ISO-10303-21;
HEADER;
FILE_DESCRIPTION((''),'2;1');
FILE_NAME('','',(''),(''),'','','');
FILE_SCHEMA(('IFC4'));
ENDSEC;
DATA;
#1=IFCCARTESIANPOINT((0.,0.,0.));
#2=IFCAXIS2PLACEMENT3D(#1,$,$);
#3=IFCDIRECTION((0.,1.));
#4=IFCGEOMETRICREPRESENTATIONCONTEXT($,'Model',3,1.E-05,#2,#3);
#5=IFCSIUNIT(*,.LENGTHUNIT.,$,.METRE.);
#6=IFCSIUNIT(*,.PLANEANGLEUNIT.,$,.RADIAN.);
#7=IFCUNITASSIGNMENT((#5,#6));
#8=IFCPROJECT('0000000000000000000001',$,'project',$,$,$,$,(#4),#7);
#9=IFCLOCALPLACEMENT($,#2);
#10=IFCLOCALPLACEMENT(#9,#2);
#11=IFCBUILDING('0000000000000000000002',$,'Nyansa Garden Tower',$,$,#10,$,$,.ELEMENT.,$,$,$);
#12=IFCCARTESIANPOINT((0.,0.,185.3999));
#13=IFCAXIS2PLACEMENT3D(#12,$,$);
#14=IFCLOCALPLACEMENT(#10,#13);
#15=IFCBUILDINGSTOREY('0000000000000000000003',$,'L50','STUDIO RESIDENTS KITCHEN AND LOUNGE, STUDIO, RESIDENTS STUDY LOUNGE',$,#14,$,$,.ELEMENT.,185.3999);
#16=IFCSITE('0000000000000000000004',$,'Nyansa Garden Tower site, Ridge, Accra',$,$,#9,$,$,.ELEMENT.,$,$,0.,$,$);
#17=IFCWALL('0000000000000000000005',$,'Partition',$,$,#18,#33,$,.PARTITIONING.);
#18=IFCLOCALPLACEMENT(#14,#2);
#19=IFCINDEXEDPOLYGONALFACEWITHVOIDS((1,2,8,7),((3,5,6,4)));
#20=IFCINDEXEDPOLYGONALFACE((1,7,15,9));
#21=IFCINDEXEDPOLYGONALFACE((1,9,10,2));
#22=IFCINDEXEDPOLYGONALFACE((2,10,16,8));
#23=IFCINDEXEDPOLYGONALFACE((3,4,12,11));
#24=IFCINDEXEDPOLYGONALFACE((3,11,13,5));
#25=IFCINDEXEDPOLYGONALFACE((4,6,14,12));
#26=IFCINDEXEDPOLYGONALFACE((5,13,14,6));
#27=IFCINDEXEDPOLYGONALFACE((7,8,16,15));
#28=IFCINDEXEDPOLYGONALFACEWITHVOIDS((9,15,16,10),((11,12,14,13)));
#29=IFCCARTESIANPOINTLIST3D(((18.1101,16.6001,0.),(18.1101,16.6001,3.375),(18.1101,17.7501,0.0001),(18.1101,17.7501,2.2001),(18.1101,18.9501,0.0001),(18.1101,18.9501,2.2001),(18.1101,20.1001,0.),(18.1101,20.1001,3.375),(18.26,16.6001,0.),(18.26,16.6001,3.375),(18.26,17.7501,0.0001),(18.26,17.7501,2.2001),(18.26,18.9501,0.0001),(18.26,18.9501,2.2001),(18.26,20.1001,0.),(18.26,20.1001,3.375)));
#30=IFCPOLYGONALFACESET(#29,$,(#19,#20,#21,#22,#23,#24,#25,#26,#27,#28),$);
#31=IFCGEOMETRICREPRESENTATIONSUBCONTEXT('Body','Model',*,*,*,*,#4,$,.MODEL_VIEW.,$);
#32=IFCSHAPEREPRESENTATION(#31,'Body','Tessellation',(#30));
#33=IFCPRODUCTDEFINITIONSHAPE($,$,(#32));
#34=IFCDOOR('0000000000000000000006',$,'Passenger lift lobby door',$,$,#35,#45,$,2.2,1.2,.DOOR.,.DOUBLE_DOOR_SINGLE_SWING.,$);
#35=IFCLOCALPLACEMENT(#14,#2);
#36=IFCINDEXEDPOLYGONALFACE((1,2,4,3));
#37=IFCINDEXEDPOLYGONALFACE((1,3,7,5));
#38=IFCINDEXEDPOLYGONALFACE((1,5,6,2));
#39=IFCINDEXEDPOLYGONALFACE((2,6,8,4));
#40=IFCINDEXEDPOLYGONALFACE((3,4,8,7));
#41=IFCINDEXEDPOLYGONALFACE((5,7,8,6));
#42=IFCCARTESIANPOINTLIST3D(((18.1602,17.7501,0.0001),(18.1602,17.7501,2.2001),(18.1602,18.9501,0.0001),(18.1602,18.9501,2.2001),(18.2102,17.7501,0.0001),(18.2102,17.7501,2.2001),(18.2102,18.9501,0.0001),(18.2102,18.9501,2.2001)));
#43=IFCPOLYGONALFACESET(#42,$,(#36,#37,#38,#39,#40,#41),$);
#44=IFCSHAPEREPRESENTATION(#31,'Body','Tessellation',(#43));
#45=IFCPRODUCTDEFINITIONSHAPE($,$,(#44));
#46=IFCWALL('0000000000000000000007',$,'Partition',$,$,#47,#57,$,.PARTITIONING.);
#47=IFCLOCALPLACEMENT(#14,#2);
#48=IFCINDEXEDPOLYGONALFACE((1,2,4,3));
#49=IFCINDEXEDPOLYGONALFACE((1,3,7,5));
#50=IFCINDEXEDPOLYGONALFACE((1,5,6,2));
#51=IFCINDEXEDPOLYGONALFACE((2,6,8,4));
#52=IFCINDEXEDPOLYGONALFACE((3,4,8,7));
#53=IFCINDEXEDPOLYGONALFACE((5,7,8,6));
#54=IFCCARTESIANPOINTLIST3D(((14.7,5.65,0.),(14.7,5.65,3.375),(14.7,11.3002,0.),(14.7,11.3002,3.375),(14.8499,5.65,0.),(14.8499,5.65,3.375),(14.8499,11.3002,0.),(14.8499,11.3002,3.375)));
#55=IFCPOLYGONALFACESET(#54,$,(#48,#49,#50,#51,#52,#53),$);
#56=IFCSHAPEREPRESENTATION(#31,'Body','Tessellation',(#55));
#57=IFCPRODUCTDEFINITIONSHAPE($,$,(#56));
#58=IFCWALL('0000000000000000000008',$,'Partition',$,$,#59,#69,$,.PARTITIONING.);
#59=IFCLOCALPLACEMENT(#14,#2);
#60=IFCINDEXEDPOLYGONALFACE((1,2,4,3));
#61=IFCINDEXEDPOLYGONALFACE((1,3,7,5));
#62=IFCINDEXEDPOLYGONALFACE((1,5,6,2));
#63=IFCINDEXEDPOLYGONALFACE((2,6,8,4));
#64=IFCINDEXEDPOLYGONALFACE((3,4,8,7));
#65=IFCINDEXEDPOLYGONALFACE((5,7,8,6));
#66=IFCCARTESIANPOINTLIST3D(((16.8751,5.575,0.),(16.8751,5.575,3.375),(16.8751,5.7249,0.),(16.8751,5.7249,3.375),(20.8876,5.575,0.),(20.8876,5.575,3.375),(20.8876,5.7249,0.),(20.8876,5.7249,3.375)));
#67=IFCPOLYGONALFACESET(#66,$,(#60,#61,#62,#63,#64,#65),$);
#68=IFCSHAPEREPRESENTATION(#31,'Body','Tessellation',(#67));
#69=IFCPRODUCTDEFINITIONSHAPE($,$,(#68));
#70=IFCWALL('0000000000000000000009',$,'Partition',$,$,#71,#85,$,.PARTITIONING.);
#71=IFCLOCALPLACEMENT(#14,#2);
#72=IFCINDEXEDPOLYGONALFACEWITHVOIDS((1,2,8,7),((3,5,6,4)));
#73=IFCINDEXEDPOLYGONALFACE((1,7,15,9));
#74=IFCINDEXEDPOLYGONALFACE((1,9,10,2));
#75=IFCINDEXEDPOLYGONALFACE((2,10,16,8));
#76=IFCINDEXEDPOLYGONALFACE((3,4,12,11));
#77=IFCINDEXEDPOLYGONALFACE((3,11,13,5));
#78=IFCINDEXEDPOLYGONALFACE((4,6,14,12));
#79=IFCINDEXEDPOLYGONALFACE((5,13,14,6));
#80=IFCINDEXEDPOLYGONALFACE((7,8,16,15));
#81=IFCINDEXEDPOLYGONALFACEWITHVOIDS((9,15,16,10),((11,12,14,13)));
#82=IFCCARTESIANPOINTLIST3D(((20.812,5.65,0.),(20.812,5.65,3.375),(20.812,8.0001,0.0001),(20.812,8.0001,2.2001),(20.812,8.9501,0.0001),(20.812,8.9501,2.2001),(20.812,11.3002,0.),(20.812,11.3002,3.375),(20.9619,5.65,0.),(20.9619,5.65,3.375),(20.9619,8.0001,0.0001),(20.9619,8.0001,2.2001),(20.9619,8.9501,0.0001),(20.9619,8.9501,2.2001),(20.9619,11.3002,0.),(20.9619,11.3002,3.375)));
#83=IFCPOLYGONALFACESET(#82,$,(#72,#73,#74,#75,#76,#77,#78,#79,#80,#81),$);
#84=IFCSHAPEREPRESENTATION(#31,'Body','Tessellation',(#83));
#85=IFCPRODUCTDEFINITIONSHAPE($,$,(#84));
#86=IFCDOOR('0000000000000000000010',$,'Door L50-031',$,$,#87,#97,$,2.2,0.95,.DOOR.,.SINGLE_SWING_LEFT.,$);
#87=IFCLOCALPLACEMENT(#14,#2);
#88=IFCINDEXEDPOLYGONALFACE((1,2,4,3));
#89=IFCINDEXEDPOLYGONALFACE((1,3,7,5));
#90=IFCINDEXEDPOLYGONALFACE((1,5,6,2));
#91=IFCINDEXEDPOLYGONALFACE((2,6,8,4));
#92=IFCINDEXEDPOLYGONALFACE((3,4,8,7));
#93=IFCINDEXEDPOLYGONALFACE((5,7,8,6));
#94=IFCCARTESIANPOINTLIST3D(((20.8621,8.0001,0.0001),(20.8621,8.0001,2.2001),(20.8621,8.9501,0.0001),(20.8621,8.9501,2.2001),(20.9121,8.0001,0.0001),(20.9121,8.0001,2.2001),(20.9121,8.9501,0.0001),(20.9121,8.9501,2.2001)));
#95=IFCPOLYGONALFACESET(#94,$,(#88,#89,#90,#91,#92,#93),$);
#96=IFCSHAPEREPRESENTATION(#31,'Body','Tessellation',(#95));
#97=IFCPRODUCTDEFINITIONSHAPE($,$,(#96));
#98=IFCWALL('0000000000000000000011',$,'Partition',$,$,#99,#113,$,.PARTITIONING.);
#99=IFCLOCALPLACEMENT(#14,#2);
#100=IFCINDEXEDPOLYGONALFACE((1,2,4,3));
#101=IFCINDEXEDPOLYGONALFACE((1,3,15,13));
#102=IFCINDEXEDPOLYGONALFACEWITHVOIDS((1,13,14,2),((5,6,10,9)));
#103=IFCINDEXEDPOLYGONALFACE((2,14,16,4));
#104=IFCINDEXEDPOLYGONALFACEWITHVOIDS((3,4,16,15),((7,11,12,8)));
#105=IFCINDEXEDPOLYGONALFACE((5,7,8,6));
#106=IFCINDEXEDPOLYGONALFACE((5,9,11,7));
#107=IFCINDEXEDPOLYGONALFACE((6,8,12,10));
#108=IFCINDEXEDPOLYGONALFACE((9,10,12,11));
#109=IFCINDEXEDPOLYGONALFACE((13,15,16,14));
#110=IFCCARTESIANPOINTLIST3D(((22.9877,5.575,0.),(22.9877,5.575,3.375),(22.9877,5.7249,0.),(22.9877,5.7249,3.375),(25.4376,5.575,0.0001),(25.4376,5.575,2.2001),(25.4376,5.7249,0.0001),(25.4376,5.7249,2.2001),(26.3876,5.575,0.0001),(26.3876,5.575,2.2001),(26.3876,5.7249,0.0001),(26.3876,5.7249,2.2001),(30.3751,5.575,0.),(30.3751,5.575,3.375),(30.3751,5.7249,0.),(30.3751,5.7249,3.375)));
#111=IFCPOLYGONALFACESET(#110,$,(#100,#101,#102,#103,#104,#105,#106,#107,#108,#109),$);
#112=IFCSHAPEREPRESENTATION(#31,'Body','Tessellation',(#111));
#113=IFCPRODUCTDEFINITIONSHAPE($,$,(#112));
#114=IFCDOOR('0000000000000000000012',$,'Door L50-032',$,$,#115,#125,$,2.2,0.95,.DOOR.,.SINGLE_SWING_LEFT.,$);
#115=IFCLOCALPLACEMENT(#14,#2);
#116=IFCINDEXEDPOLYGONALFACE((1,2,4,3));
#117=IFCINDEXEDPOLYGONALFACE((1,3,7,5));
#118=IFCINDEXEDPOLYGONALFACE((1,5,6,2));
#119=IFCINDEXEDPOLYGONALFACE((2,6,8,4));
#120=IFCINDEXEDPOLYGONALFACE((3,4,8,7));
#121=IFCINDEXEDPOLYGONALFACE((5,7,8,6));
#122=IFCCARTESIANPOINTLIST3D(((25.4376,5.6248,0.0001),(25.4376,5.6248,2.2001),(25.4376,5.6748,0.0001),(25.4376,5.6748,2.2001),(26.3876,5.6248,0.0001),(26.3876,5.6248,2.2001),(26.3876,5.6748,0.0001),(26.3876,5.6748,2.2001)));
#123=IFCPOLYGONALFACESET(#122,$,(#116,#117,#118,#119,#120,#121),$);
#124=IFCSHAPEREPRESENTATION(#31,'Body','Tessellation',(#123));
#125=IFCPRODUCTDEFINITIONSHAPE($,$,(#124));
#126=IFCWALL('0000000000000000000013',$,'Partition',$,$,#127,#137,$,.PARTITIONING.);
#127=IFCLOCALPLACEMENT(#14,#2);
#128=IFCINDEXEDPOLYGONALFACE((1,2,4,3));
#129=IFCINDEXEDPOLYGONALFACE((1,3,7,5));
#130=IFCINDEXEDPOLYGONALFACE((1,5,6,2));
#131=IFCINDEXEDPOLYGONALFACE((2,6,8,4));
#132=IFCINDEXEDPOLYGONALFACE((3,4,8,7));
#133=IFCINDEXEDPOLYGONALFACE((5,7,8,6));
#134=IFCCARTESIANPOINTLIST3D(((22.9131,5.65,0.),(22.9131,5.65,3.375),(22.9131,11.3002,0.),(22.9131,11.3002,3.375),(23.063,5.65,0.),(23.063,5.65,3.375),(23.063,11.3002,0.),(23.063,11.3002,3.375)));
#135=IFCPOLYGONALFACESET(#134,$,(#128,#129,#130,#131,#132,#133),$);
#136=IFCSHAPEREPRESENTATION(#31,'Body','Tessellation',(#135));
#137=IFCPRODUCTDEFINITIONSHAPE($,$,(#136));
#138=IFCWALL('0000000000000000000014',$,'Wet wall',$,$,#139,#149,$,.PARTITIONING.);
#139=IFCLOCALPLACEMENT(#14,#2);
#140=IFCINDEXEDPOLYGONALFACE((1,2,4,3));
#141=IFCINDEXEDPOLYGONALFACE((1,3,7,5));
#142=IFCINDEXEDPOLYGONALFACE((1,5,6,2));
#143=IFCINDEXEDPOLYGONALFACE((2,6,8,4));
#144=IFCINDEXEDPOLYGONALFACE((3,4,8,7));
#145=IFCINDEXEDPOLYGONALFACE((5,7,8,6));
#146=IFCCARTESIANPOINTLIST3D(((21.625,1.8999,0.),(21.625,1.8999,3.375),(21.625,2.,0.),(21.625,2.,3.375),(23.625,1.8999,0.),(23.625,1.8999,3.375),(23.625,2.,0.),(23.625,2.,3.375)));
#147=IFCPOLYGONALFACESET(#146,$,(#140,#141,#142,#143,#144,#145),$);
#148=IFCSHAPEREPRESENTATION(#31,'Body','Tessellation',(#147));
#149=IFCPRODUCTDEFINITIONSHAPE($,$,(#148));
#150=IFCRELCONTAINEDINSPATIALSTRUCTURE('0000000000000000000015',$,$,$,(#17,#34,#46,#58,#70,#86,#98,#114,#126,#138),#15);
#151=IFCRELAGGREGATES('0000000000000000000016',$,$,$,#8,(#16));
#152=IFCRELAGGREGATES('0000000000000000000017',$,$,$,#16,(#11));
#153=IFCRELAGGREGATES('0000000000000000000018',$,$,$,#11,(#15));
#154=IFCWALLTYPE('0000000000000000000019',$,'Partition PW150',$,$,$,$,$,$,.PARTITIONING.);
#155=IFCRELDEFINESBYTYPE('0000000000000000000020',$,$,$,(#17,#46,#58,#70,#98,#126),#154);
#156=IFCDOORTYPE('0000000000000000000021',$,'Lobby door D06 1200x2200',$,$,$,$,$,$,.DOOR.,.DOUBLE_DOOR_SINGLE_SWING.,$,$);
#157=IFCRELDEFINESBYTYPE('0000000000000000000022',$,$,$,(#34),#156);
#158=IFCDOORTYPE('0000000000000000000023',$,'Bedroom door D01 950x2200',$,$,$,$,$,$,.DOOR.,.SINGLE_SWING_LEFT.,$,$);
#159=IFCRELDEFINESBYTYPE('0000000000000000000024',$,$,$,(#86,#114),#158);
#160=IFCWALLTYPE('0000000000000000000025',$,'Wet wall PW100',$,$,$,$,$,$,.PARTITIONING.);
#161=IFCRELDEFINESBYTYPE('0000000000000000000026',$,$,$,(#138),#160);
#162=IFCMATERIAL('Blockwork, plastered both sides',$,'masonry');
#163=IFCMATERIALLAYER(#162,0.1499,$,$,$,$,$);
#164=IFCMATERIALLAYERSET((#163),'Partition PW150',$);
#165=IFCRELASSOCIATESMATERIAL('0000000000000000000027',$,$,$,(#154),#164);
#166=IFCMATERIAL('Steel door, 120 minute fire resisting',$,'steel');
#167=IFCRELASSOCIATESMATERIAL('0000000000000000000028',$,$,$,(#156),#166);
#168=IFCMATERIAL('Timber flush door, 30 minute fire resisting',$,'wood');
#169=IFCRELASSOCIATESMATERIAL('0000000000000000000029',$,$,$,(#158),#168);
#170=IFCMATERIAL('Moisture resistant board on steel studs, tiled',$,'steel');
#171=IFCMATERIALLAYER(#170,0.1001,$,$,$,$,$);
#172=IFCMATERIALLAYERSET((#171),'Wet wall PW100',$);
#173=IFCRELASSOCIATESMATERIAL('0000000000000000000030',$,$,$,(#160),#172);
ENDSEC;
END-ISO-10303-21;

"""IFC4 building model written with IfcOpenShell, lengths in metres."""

from ifc_helpers import new_model, si_unit, direction, frame, frame_2d, origin, place, context, subcontext, project, spatial, rectangle, extrude, material, layer, layer_set, type_object, element, fill, save


model = new_model("IFC4")

# Units and contexts
model_context = context("Model", 3, precision=1e-05, world=origin(), true_north=direction((0.0, 1.0)))
body_context = subcontext(model_context, "Body", "Model", "MODEL_VIEW")
ifc_project = project(units=[si_unit("LENGTHUNIT", "METRE"), si_unit("PLANEANGLEUNIT", "RADIAN")], contexts=[model_context])

# Site, building, storey
site_placement = place(None, origin())
site = spatial("IfcSite", under=ifc_project, at=site_placement, Name="Nyansa Garden Tower site, Ridge, Accra", CompositionType="ELEMENT", RefElevation=0.0)
building_placement = place(site_placement, origin())
building = spatial("IfcBuilding", under=site, at=building_placement, Name="Nyansa Garden Tower", CompositionType="ELEMENT")
storey_placement = place(building_placement, frame((0.0, 0.0, 185.3999)))
storey = spatial("IfcBuildingStorey", under=building, at=storey_placement, Name="L50", Description="STUDIO RESIDENTS KITCHEN AND LOUNGE, STUDIO, RESIDENTS STUDY LOUNGE", CompositionType="ELEMENT", Elevation=185.3999)

# Wall, opening, door
ifc_material_1 = material(Name="Blockwork, plastered both sides", Category="masonry")
ifc_layer_1 = layer(ifc_material_1, 0.1499)
ifc_layer_set_1 = layer_set([ifc_layer_1], Name="Partition PW150")
wall_type_1 = type_object("IfcWallType", Name="Partition PW150", PredefinedType="PARTITIONING", material=ifc_layer_set_1)
wall_1_placement = place(storey_placement, frame((18.1851, 16.6001, 0.0), z_axis=(0.0, 0.0, 1.0), x_axis=(0.0, 1.0, 0.0)))
wall_1 = element("IfcWall", 1, at=wall_1_placement, inside=storey, type_object=wall_type_1, Name="Partition", PredefinedType="PARTITIONING", context=body_context, shape_type="SweptSolid", body=[
    extrude(rectangle(XDim=3.5, YDim=0.1499, at=frame_2d((1.75, 0.0))), origin(), (0.0, 0.0, 1.0), 3.375),
])
opening_1_placement = place(wall_1_placement, frame((1.1499, 0.0, 0.0)))
opening_1 = element("IfcOpeningElement", 2, at=opening_1_placement, cuts=wall_1, PredefinedType="OPENING", context=body_context, shape_type="SweptSolid", body=[
    extrude(rectangle(XDim=1.2, YDim=2.2, at=frame_2d((0.6001, 1.1001))), frame((0.0, 0.085, 0.0), z_axis=(0.0, -1.0, 0.0), x_axis=(1.0, 0.0, 0.0)), (0.0, 0.0, 1.0), 0.1699),
])
ifc_material_2 = material(Name="Steel door, 120 minute fire resisting", Category="steel")
door_type_1 = type_object("IfcDoorType", Name="Lobby door D06 1200x2200", OperationType="DOUBLE_DOOR_SINGLE_SWING", PredefinedType="DOOR", material=ifc_material_2)
door_1_placement = place(opening_1_placement, origin())
door_1 = element("IfcDoor", 3, at=door_1_placement, inside=storey, type_object=door_type_1, Name="Passenger lift lobby door", OperationType="DOUBLE_DOOR_SINGLE_SWING", OverallHeight=2.2, OverallWidth=1.2, PredefinedType="DOOR", context=body_context, shape_type="SweptSolid", body=[
    extrude(rectangle(XDim=1.2, YDim=2.2, at=frame_2d((0.6001, 1.1001))), frame((0.0, 0.0249, 0.0), z_axis=(0.0, -1.0, 0.0), x_axis=(1.0, 0.0, 0.0)), (0.0, 0.0, 1.0), 0.05),
])
fill(opening_1, door_1)

# Walls
wall_2_placement = place(storey_placement, frame((14.7749, 5.6499, 0.0), z_axis=(0.0, 0.0, 1.0), x_axis=(0.0, 1.0, 0.0)))
element("IfcWall", 4, at=wall_2_placement, inside=storey, type_object=wall_type_1, Name="Partition", PredefinedType="PARTITIONING", context=body_context, shape_type="SweptSolid", body=[
    extrude(rectangle(XDim=5.6501, YDim=0.1499, at=frame_2d((2.8252, 0.0))), origin(), (0.0, 0.0, 1.0), 3.375),
])
wall_3_placement = place(storey_placement, frame((16.875, 5.6499, 0.0), z_axis=(0.0, 0.0, 1.0), x_axis=(1.0, 0.0, 0.0)))
element("IfcWall", 5, at=wall_3_placement, inside=storey, type_object=wall_type_1, Name="Partition", PredefinedType="PARTITIONING", context=body_context, shape_type="SweptSolid", body=[
    extrude(rectangle(XDim=4.0125, YDim=0.1499, at=frame_2d((2.0063, 0.0))), origin(), (0.0, 0.0, 1.0), 3.375),
])

# Walls, openings, doors
wall_4_placement = place(storey_placement, frame((20.887, 5.6499, 0.0), z_axis=(0.0, 0.0, 1.0), x_axis=(0.0, 1.0, 0.0)))
wall_4 = element("IfcWall", 6, at=wall_4_placement, inside=storey, type_object=wall_type_1, Name="Partition", PredefinedType="PARTITIONING", context=body_context, shape_type="SweptSolid", body=[
    extrude(rectangle(XDim=5.6501, YDim=0.1499, at=frame_2d((2.8252, 0.0))), origin(), (0.0, 0.0, 1.0), 3.375),
])
opening_2_placement = place(wall_4_placement, frame((2.3501, 0.0, 0.0)))
opening_2 = element("IfcOpeningElement", 7, at=opening_2_placement, cuts=wall_4, PredefinedType="OPENING", context=body_context, shape_type="SweptSolid", body=[
    extrude(rectangle(XDim=0.95, YDim=2.2, at=frame_2d((0.4751, 1.1001))), frame((0.0, 0.085, 0.0), z_axis=(0.0, -1.0, 0.0), x_axis=(1.0, 0.0, 0.0)), (0.0, 0.0, 1.0), 0.1699),
])
ifc_material_3 = material(Name="Timber flush door, 30 minute fire resisting", Category="wood")
door_type_2 = type_object("IfcDoorType", Name="Bedroom door D01 950x2200", OperationType="SINGLE_SWING_LEFT", PredefinedType="DOOR", material=ifc_material_3)
door_2_placement = place(opening_2_placement, origin())
door_2 = element("IfcDoor", 8, at=door_2_placement, inside=storey, type_object=door_type_2, Name="Door L50-031", OperationType="SINGLE_SWING_LEFT", OverallHeight=2.2, OverallWidth=0.95, PredefinedType="DOOR", context=body_context, shape_type="SweptSolid", body=[
    extrude(rectangle(XDim=0.95, YDim=2.2, at=frame_2d((0.4751, 1.1001))), frame((0.0, 0.0249, 0.0), z_axis=(0.0, -1.0, 0.0), x_axis=(1.0, 0.0, 0.0)), (0.0, 0.0, 1.0), 0.05),
])
fill(opening_2, door_2)
wall_5_placement = place(storey_placement, frame((22.9875, 5.6499, 0.0), z_axis=(0.0, 0.0, 1.0), x_axis=(1.0, 0.0, 0.0)))
wall_5 = element("IfcWall", 9, at=wall_5_placement, inside=storey, type_object=wall_type_1, Name="Partition", PredefinedType="PARTITIONING", context=body_context, shape_type="SweptSolid", body=[
    extrude(rectangle(XDim=7.3875, YDim=0.1499, at=frame_2d((3.6938, 0.0))), origin(), (0.0, 0.0, 1.0), 3.375),
])
opening_3_placement = place(wall_5_placement, frame((2.45, 0.0, 0.0)))
opening_3 = element("IfcOpeningElement", 10, at=opening_3_placement, cuts=wall_5, PredefinedType="OPENING", context=body_context, shape_type="SweptSolid", body=[
    extrude(rectangle(XDim=0.95, YDim=2.2, at=frame_2d((0.4751, 1.1001))), frame((0.0, 0.085, 0.0), z_axis=(0.0, -1.0, 0.0), x_axis=(1.0, 0.0, 0.0)), (0.0, 0.0, 1.0), 0.1699),
])
door_3_placement = place(opening_3_placement, origin())
door_3 = element("IfcDoor", 11, at=door_3_placement, inside=storey, type_object=door_type_2, Name="Door L50-032", OperationType="SINGLE_SWING_LEFT", OverallHeight=2.2, OverallWidth=0.95, PredefinedType="DOOR", context=body_context, shape_type="SweptSolid", body=[
    extrude(rectangle(XDim=0.95, YDim=2.2, at=frame_2d((0.4751, 1.1001))), frame((0.0, 0.0249, 0.0), z_axis=(0.0, -1.0, 0.0), x_axis=(1.0, 0.0, 0.0)), (0.0, 0.0, 1.0), 0.05),
])
fill(opening_3, door_3)

# Walls
wall_6_placement = place(storey_placement, frame((22.988, 5.6499, 0.0), z_axis=(0.0, 0.0, 1.0), x_axis=(0.0, 1.0, 0.0)))
element("IfcWall", 12, at=wall_6_placement, inside=storey, type_object=wall_type_1, Name="Partition", PredefinedType="PARTITIONING", context=body_context, shape_type="SweptSolid", body=[
    extrude(rectangle(XDim=5.6501, YDim=0.1499, at=frame_2d((2.8252, 0.0))), origin(), (0.0, 0.0, 1.0), 3.375),
])
ifc_material_4 = material(Name="Moisture resistant board on steel studs, tiled", Category="steel")
ifc_layer_2 = layer(ifc_material_4, 0.1001)
ifc_layer_set_2 = layer_set([ifc_layer_2], Name="Wet wall PW100")
wall_type_2 = type_object("IfcWallType", Name="Wet wall PW100", PredefinedType="PARTITIONING", material=ifc_layer_set_2)
wall_7_placement = place(storey_placement, frame((21.625, 1.95, 0.0), z_axis=(0.0, 0.0, 1.0), x_axis=(1.0, 0.0, 0.0)))
element("IfcWall", 13, at=wall_7_placement, inside=storey, type_object=wall_type_2, Name="Wet wall", PredefinedType="PARTITIONING", context=body_context, shape_type="SweptSolid", body=[
    extrude(rectangle(XDim=2.0, YDim=0.1001, at=frame_2d((1.0, 0.0))), origin(), (0.0, 0.0, 1.0), 3.375),
])

save(model, "model.ifc")
